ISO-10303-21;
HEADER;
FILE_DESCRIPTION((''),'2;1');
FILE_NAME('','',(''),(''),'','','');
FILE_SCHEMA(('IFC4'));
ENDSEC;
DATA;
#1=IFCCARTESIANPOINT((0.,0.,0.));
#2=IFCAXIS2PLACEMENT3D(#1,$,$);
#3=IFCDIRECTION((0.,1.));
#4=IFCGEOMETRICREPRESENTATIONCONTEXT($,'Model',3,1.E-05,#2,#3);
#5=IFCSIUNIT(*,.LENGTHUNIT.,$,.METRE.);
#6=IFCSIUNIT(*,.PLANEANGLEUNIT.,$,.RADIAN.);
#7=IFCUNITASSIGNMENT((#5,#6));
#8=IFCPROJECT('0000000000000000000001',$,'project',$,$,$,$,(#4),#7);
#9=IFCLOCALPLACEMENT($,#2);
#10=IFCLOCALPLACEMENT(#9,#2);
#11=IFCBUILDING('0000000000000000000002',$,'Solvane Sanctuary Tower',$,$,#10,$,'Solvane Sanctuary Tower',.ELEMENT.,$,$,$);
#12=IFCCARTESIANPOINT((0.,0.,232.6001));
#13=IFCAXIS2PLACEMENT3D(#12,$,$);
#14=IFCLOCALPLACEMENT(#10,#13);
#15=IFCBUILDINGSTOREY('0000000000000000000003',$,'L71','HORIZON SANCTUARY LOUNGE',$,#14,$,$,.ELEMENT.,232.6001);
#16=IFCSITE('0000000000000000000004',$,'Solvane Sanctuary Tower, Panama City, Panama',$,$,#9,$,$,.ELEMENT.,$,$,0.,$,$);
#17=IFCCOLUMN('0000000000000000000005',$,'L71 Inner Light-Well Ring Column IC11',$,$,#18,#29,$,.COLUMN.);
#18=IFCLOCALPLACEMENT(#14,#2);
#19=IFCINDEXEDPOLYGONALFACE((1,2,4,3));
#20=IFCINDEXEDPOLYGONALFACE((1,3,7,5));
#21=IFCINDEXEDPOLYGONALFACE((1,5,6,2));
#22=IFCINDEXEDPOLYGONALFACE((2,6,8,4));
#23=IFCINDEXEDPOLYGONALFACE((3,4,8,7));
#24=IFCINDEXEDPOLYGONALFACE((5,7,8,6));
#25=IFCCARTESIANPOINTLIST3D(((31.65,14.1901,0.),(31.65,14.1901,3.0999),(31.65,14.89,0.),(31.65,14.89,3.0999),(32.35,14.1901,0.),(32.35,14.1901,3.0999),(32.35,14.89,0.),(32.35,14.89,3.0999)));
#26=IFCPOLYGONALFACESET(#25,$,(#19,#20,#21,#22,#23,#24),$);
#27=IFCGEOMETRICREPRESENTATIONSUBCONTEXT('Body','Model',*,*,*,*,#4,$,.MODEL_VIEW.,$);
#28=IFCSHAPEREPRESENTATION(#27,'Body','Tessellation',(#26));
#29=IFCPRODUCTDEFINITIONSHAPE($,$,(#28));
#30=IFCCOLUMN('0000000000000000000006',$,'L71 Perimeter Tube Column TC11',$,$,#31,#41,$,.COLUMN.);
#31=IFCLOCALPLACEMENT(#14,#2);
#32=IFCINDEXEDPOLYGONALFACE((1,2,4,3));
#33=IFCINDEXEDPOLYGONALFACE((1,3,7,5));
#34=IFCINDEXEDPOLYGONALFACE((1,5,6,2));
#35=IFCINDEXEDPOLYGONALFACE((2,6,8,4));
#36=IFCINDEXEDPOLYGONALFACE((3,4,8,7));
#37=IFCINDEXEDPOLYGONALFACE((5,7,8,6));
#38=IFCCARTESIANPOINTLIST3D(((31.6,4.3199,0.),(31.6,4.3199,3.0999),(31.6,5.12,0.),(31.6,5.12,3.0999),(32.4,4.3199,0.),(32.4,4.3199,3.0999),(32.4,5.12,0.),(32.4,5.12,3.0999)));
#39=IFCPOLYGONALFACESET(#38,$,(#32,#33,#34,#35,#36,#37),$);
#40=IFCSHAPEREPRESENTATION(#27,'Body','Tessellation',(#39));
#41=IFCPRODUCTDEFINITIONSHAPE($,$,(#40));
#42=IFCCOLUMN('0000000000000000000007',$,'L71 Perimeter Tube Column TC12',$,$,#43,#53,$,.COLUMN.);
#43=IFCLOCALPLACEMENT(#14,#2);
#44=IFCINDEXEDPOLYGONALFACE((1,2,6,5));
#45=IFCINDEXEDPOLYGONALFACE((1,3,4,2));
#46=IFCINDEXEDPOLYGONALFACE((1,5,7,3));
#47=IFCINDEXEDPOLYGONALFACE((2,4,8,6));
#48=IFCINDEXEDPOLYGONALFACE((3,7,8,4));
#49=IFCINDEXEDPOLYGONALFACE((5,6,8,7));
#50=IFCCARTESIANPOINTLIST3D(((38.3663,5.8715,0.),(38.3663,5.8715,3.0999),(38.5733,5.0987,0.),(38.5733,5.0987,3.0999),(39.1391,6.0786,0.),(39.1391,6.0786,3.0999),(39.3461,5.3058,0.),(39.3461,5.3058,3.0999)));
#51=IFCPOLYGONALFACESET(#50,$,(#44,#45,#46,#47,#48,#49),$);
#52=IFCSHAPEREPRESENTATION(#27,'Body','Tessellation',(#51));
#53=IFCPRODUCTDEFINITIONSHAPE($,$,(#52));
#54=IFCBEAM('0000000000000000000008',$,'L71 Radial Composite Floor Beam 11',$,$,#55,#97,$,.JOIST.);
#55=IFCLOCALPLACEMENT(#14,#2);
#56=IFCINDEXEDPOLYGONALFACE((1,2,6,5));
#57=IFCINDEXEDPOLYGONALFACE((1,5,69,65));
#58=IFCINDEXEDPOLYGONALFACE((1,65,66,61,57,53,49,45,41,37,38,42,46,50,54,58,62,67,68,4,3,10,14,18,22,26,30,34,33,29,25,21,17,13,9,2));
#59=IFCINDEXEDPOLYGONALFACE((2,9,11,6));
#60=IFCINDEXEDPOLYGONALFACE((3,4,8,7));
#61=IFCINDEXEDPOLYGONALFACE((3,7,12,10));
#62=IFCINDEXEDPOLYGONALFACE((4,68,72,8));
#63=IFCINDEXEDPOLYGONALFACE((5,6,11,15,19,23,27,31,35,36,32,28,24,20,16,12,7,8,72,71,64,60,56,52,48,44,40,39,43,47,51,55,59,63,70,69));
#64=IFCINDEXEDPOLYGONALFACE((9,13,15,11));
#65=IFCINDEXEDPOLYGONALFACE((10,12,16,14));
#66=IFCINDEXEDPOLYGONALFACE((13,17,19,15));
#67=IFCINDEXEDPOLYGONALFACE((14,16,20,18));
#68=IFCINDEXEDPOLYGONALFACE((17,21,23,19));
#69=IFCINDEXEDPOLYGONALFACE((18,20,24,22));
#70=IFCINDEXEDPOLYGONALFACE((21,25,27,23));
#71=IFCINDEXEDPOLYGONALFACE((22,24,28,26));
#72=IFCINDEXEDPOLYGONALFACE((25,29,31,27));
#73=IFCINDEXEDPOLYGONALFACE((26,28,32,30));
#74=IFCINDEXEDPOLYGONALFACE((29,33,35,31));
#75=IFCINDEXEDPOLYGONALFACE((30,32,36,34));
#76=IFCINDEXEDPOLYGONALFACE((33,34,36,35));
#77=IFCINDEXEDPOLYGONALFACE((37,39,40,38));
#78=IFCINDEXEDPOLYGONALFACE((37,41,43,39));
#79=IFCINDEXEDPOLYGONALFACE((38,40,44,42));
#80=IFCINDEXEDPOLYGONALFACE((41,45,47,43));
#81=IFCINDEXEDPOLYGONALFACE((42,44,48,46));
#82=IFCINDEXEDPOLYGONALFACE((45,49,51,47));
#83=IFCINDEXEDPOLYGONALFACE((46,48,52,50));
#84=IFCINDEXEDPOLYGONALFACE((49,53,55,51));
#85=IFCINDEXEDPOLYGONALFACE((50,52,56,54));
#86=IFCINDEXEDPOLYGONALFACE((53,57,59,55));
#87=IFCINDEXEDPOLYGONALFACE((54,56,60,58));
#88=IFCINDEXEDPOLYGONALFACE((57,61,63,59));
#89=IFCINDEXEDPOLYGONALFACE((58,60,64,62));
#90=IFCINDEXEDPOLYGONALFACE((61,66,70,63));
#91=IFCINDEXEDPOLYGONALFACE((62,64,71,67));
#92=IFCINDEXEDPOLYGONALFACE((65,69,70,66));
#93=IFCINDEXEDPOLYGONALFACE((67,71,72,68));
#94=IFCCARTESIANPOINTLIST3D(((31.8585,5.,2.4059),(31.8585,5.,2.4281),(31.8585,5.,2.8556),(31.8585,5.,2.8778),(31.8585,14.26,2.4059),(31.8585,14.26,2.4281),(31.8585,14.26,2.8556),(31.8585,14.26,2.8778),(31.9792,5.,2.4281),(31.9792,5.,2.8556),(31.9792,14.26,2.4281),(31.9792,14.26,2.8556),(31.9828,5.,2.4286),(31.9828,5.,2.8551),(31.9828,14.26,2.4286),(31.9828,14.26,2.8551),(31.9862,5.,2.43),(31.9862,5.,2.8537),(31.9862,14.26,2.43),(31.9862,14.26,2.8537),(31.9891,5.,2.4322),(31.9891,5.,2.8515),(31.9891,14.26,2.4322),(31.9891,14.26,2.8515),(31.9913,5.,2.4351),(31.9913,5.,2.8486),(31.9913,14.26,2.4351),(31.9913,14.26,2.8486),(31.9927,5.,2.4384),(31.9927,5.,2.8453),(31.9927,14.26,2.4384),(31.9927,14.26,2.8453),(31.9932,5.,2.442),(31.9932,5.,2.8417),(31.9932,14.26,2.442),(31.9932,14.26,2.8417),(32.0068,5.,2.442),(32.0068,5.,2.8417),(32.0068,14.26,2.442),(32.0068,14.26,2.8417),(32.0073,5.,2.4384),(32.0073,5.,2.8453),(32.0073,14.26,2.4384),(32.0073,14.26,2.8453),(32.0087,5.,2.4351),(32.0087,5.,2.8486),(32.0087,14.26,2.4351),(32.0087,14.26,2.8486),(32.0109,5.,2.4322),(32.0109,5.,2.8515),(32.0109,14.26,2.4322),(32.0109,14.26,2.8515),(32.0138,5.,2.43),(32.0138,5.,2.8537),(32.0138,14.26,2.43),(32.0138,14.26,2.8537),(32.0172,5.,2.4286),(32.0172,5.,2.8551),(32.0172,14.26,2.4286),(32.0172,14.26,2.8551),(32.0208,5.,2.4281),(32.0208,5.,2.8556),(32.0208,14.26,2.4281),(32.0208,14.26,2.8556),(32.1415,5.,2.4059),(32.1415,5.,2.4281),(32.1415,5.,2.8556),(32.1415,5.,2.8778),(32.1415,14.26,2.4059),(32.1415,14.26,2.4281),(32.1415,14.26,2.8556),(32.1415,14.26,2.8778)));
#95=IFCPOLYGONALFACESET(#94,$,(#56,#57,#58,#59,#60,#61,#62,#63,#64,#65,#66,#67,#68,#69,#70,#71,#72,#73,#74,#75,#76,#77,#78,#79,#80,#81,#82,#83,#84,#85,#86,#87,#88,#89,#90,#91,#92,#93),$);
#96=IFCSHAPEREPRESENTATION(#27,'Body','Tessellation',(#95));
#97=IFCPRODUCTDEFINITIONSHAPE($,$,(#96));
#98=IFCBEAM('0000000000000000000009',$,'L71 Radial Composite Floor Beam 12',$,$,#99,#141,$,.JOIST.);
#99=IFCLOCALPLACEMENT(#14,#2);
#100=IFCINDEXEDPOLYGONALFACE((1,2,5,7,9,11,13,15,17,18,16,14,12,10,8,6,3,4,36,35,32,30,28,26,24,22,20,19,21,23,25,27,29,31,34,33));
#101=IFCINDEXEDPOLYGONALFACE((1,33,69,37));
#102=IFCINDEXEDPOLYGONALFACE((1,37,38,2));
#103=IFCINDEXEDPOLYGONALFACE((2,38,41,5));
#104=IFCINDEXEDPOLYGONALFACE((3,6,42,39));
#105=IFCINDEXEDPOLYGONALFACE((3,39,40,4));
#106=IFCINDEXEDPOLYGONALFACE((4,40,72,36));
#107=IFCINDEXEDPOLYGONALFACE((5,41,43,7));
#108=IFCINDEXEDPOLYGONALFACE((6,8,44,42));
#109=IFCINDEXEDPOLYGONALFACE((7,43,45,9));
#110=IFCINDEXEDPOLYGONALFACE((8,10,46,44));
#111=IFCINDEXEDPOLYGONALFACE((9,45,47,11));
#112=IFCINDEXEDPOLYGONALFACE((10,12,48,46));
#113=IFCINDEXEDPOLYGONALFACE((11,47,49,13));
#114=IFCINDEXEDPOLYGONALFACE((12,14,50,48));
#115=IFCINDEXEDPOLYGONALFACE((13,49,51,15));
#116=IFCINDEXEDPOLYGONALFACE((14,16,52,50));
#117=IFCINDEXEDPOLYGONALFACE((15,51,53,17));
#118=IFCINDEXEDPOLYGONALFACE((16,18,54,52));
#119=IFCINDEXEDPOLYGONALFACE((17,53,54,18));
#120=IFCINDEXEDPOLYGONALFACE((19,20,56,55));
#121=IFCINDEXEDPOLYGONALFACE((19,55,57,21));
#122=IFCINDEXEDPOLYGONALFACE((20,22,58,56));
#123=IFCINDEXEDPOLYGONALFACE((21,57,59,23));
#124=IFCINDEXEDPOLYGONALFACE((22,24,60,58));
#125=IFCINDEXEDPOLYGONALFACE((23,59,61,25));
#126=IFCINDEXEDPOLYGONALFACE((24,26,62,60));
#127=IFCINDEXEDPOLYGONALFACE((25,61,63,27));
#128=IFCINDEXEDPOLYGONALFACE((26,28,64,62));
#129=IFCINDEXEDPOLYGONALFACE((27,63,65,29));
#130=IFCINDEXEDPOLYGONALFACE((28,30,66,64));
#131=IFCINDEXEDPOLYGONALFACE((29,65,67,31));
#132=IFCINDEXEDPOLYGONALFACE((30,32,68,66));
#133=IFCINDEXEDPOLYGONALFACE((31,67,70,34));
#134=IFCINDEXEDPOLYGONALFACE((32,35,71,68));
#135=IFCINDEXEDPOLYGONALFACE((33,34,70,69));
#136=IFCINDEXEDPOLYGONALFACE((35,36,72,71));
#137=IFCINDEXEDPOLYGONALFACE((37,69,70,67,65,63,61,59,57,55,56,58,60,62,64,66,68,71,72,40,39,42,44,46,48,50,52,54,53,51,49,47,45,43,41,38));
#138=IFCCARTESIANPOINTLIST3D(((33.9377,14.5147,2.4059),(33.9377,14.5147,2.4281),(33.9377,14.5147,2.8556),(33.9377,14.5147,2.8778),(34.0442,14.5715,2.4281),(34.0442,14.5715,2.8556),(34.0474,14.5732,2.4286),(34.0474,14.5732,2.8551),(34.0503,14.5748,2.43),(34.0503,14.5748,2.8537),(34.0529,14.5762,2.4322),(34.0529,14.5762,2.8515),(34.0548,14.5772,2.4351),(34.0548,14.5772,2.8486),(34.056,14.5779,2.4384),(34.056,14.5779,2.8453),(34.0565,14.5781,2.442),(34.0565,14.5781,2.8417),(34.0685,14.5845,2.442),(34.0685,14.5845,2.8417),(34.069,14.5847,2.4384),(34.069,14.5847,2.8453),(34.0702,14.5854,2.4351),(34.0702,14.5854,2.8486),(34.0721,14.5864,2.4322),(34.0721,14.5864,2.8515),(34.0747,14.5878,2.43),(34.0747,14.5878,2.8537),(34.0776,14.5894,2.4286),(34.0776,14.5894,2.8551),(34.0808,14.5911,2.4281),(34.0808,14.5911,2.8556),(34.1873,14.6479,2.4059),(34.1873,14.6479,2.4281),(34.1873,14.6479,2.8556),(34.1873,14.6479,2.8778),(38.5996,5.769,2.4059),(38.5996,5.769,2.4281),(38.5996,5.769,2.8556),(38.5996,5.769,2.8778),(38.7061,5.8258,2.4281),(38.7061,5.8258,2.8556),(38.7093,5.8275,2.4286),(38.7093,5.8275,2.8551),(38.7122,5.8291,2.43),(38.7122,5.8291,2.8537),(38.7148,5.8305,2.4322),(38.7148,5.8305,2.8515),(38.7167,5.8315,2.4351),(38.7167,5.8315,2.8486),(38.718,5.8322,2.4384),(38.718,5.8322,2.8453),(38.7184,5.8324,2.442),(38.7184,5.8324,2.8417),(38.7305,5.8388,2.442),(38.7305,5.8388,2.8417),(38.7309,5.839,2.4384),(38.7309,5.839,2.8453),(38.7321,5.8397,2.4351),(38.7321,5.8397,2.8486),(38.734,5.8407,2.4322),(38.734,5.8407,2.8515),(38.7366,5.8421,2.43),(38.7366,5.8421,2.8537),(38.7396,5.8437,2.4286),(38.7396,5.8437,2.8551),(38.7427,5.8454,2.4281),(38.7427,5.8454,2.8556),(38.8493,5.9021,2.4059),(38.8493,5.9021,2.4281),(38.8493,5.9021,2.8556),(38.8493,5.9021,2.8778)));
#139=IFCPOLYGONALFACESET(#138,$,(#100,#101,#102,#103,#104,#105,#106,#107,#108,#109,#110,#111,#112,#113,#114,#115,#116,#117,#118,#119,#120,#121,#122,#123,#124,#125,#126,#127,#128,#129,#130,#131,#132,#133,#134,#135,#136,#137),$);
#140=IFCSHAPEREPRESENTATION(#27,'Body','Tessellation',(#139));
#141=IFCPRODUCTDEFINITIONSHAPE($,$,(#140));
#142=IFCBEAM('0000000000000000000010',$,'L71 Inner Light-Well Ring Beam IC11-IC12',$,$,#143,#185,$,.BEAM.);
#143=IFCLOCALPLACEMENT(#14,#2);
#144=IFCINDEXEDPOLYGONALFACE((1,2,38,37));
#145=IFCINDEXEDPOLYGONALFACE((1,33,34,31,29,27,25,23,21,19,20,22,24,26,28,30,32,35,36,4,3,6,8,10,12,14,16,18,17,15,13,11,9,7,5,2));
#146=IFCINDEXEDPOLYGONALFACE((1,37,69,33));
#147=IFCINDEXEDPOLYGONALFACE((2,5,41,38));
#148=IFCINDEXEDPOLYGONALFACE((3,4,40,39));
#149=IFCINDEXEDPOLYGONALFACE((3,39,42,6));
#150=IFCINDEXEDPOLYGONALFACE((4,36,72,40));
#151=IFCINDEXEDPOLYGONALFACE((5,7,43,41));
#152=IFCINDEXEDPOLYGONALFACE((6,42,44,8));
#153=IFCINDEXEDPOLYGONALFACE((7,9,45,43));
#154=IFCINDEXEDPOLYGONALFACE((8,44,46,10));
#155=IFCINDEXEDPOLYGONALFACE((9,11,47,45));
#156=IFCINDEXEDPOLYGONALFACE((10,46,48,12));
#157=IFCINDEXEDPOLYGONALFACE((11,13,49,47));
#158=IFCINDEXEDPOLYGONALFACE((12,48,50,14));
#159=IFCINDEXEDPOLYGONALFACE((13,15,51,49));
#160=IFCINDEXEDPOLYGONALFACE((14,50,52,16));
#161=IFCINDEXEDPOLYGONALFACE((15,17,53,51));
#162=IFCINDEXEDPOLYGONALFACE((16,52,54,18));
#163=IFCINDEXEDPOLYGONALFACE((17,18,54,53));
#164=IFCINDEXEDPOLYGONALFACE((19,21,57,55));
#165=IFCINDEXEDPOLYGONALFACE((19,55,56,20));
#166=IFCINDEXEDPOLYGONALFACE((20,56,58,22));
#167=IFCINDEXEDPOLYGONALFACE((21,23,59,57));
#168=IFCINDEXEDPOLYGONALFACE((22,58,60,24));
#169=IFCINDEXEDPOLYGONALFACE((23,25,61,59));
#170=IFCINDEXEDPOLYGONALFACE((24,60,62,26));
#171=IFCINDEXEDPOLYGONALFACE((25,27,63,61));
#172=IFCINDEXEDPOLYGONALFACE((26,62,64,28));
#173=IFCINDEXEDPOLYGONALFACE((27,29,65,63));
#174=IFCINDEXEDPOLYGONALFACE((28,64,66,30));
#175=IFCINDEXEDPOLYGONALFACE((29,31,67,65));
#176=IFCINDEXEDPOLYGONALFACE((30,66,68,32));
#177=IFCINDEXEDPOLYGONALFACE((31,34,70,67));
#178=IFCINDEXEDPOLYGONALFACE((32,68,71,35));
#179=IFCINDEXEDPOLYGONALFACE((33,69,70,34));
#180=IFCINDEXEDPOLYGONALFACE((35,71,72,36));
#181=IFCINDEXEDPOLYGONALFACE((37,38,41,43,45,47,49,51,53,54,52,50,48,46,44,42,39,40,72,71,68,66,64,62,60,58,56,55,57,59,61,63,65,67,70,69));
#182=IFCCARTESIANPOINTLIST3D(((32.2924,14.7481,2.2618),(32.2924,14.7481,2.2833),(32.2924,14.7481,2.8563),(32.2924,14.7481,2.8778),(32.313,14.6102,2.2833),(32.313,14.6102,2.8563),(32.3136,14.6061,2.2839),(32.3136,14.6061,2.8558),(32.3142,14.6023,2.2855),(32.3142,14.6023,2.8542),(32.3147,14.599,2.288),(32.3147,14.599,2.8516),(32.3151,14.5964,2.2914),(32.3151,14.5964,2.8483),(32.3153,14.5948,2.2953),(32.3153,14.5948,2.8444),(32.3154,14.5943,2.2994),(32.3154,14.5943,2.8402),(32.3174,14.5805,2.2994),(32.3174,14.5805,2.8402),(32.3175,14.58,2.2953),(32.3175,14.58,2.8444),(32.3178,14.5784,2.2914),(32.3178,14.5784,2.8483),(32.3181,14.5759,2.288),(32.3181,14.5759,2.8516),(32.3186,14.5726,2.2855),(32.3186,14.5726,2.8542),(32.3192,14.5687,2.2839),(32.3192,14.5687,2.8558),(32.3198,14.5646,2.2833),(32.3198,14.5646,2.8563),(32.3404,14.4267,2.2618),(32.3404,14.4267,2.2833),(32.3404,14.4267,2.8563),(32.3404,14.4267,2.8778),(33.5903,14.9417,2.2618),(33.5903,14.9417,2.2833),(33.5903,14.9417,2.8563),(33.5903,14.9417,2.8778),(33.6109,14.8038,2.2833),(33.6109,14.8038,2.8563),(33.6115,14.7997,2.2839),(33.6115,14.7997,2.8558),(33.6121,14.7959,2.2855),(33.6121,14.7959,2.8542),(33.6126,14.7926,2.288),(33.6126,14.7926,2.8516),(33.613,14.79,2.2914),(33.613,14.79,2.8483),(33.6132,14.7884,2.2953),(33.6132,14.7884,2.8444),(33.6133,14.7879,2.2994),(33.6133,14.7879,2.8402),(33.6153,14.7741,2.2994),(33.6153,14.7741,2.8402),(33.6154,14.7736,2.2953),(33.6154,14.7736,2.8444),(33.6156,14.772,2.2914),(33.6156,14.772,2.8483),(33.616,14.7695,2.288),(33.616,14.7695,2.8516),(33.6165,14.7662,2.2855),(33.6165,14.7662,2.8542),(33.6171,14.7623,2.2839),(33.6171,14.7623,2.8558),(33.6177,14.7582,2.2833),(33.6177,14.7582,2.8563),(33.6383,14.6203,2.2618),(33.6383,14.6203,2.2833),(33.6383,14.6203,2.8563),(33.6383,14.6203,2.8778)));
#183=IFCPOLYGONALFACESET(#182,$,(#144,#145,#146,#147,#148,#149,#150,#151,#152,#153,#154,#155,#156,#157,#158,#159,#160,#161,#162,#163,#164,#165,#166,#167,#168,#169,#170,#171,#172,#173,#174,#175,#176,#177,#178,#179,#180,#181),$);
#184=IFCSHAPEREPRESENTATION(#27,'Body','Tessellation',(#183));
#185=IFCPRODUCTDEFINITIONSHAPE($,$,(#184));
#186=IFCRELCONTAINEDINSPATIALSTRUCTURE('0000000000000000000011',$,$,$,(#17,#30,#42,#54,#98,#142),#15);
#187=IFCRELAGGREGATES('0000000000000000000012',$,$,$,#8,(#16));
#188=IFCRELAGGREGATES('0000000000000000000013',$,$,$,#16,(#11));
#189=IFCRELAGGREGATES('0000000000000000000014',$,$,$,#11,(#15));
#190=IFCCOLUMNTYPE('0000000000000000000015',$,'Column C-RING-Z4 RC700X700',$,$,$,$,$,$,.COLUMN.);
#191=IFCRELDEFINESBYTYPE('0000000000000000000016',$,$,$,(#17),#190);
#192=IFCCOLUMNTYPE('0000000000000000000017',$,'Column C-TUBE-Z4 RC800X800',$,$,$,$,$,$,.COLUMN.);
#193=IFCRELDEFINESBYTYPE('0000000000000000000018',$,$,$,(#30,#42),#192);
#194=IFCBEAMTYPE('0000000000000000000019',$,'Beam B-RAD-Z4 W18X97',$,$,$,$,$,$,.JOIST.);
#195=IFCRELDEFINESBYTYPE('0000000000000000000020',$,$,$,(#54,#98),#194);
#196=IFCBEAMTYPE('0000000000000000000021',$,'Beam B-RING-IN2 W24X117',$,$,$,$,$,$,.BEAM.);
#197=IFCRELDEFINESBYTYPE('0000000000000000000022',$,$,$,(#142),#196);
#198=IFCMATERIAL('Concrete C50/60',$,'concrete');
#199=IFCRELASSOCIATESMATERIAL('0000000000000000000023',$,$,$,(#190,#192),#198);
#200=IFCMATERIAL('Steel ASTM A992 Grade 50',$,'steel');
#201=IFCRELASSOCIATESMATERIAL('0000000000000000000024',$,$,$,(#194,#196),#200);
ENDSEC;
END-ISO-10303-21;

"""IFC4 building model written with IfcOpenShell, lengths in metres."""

from ifc_helpers import new_model, si_unit, direction, frame, origin, origin_2d, place, context, subcontext, project, spatial, rectangle, i_section, extrude, material, material_profile, profile_set, type_object, element, save


model = new_model("IFC4")

# Units and contexts
model_context = context("Model", 3, precision=1e-05, world=origin(), true_north=direction((0.0, 1.0)))
body_context = subcontext(model_context, "Body", "Model", "MODEL_VIEW")
ifc_project = project(units=[si_unit("LENGTHUNIT", "METRE"), si_unit("PLANEANGLEUNIT", "RADIAN")], contexts=[model_context])

# Site, building, storey
site_placement = place(None, origin())
site = spatial("IfcSite", under=ifc_project, at=site_placement, Name="Solvane Sanctuary Tower, Panama City, Panama", CompositionType="ELEMENT", RefElevation=0.0)
building_placement = place(site_placement, origin())
building = spatial("IfcBuilding", under=site, at=building_placement, Name="Solvane Sanctuary Tower", LongName="Solvane Sanctuary Tower", CompositionType="ELEMENT")
storey_placement = place(building_placement, frame((0.0, 0.0, 232.6001)))
storey = spatial("IfcBuildingStorey", under=building, at=storey_placement, Name="L71", Description="HORIZON SANCTUARY LOUNGE", CompositionType="ELEMENT", Elevation=232.6001)

# Columns
ifc_material_1 = material(Name="Concrete C50/60", Category="concrete")
ifc_material_profile_1 = material_profile(ifc_material_1, rectangle(XDim=0.7, YDim=0.7, at=origin_2d()), Name="RC700X700")
ifc_profile_set_1 = profile_set([ifc_material_profile_1], Name="Concrete C50/60")
column_type_1 = type_object("IfcColumnType", Name="Column C-RING-Z4 RC700X700", PredefinedType="COLUMN", material=ifc_profile_set_1)
column_placement = place(storey_placement, frame((32.0, 14.54, 0.0), z_axis=(0.0, 0.0, 1.0), x_axis=(1.0, 0.0, 0.0)))
element("IfcColumn", 1, at=column_placement, inside=storey, type_object=column_type_1, Name="L71 Inner Light-Well Ring Column IC11", PredefinedType="COLUMN", context=body_context, shape_type="SweptSolid", body=[
    extrude(rectangle(XDim=0.7, YDim=0.7, at=origin_2d()), origin(), (0.0, 0.0, 1.0), 3.0999),
])
ifc_material_profile_2 = material_profile(ifc_material_1, rectangle(XDim=0.8, YDim=0.8, at=origin_2d()), Name="RC800X800")
ifc_profile_set_2 = profile_set([ifc_material_profile_2], Name="Concrete C50/60")
column_type_2 = type_object("IfcColumnType", Name="Column C-TUBE-Z4 RC800X800", PredefinedType="COLUMN", material=ifc_profile_set_2)
for number, where, z_axis, x_axis, name in (
    (2, (32.0, 4.72, 0.0), (0.0, 0.0, 1.0), (0.0, -1.0, 0.0), "L71 Perimeter Tube Column TC11"),
    (3, (38.8562, 5.5886, 0.0), (0.0, 0.0, 1.0), (0.258819, -0.965926, 0.0), "L71 Perimeter Tube Column TC12"),
):
    element("IfcColumn", number, at=place(storey_placement, frame(where, z_axis=z_axis, x_axis=x_axis)), inside=storey, type_object=column_type_2, Name=name, PredefinedType="COLUMN", context=body_context, shape_type="SweptSolid", body=[
        extrude(rectangle(XDim=0.8, YDim=0.8, at=origin_2d()), origin(), (0.0, 0.0, 1.0), 3.0999),
    ])

# Beams
ifc_material_2 = material(Name="Steel ASTM A992 Grade 50", Category="steel")
ifc_material_profile_3 = material_profile(ifc_material_2, i_section(OverallWidth=0.283, OverallDepth=0.4719, WebThickness=0.0137, FlangeThickness=0.0222, FilletRadius=0.0139, at=origin_2d()), Name="W18X97")
ifc_profile_set_3 = profile_set([ifc_material_profile_3], Name="Steel ASTM A992 Grade 50")
beam_type_1 = type_object("IfcBeamType", Name="Beam B-RAD-Z4 W18X97", PredefinedType="JOIST", material=ifc_profile_set_3)
beam_1_placement = place(storey_placement, frame((32.0, 14.26, 2.6418), z_axis=(0.0, -1.0, 0.0), x_axis=(1.0, 0.0, 0.0)))
element("IfcBeam", 4, at=beam_1_placement, inside=storey, type_object=beam_type_1, Name="L71 Radial Composite Floor Beam 11", PredefinedType="JOIST", context=body_context, shape_type="SweptSolid", body=[
    extrude(i_section(OverallWidth=0.283, OverallDepth=0.4719, WebThickness=0.0137, FlangeThickness=0.0222, FilletRadius=0.0139, at=origin_2d()), origin(), (0.0, 0.0, 1.0), 9.26),
])
beam_2_placement = place(storey_placement, frame((34.0625, 14.5813, 2.6418), z_axis=(0.470395, -0.882456, 0.0), x_axis=(0.882456, 0.470395, 0.0)))
element("IfcBeam", 5, at=beam_2_placement, inside=storey, type_object=beam_type_1, Name="L71 Radial Composite Floor Beam 12", PredefinedType="JOIST", context=body_context, shape_type="SweptSolid", body=[
    extrude(i_section(OverallWidth=0.283, OverallDepth=0.4719, WebThickness=0.0137, FlangeThickness=0.0222, FilletRadius=0.0139, at=origin_2d()), origin(), (0.0, 0.0, 1.0), 9.9106),
])
ifc_material_profile_4 = material_profile(ifc_material_2, i_section(OverallWidth=0.325, OverallDepth=0.616, WebThickness=0.0139, FlangeThickness=0.0215, FilletRadius=0.0161, at=origin_2d()), Name="W24X117")
ifc_profile_set_4 = profile_set([ifc_material_profile_4], Name="Steel ASTM A992 Grade 50")
beam_type_2 = type_object("IfcBeamType", Name="Beam B-RING-IN2 W24X117", PredefinedType="BEAM", material=ifc_profile_set_4)
beam_3_placement = place(storey_placement, frame((32.3164, 14.5874, 2.5698), z_axis=(0.989056, 0.14754, 0.0), x_axis=(-0.14754, 0.989056, 0.0)))
element("IfcBeam", 6, at=beam_3_placement, inside=storey, type_object=beam_type_2, Name="L71 Inner Light-Well Ring Beam IC11-IC12", PredefinedType="BEAM", context=body_context, shape_type="SweptSolid", body=[
    extrude(i_section(OverallWidth=0.325, OverallDepth=0.616, WebThickness=0.0139, FlangeThickness=0.0215, FilletRadius=0.0161, at=origin_2d()), origin(), (0.0, 0.0, 1.0), 1.3123),
])

save(model, "model.ifc")
